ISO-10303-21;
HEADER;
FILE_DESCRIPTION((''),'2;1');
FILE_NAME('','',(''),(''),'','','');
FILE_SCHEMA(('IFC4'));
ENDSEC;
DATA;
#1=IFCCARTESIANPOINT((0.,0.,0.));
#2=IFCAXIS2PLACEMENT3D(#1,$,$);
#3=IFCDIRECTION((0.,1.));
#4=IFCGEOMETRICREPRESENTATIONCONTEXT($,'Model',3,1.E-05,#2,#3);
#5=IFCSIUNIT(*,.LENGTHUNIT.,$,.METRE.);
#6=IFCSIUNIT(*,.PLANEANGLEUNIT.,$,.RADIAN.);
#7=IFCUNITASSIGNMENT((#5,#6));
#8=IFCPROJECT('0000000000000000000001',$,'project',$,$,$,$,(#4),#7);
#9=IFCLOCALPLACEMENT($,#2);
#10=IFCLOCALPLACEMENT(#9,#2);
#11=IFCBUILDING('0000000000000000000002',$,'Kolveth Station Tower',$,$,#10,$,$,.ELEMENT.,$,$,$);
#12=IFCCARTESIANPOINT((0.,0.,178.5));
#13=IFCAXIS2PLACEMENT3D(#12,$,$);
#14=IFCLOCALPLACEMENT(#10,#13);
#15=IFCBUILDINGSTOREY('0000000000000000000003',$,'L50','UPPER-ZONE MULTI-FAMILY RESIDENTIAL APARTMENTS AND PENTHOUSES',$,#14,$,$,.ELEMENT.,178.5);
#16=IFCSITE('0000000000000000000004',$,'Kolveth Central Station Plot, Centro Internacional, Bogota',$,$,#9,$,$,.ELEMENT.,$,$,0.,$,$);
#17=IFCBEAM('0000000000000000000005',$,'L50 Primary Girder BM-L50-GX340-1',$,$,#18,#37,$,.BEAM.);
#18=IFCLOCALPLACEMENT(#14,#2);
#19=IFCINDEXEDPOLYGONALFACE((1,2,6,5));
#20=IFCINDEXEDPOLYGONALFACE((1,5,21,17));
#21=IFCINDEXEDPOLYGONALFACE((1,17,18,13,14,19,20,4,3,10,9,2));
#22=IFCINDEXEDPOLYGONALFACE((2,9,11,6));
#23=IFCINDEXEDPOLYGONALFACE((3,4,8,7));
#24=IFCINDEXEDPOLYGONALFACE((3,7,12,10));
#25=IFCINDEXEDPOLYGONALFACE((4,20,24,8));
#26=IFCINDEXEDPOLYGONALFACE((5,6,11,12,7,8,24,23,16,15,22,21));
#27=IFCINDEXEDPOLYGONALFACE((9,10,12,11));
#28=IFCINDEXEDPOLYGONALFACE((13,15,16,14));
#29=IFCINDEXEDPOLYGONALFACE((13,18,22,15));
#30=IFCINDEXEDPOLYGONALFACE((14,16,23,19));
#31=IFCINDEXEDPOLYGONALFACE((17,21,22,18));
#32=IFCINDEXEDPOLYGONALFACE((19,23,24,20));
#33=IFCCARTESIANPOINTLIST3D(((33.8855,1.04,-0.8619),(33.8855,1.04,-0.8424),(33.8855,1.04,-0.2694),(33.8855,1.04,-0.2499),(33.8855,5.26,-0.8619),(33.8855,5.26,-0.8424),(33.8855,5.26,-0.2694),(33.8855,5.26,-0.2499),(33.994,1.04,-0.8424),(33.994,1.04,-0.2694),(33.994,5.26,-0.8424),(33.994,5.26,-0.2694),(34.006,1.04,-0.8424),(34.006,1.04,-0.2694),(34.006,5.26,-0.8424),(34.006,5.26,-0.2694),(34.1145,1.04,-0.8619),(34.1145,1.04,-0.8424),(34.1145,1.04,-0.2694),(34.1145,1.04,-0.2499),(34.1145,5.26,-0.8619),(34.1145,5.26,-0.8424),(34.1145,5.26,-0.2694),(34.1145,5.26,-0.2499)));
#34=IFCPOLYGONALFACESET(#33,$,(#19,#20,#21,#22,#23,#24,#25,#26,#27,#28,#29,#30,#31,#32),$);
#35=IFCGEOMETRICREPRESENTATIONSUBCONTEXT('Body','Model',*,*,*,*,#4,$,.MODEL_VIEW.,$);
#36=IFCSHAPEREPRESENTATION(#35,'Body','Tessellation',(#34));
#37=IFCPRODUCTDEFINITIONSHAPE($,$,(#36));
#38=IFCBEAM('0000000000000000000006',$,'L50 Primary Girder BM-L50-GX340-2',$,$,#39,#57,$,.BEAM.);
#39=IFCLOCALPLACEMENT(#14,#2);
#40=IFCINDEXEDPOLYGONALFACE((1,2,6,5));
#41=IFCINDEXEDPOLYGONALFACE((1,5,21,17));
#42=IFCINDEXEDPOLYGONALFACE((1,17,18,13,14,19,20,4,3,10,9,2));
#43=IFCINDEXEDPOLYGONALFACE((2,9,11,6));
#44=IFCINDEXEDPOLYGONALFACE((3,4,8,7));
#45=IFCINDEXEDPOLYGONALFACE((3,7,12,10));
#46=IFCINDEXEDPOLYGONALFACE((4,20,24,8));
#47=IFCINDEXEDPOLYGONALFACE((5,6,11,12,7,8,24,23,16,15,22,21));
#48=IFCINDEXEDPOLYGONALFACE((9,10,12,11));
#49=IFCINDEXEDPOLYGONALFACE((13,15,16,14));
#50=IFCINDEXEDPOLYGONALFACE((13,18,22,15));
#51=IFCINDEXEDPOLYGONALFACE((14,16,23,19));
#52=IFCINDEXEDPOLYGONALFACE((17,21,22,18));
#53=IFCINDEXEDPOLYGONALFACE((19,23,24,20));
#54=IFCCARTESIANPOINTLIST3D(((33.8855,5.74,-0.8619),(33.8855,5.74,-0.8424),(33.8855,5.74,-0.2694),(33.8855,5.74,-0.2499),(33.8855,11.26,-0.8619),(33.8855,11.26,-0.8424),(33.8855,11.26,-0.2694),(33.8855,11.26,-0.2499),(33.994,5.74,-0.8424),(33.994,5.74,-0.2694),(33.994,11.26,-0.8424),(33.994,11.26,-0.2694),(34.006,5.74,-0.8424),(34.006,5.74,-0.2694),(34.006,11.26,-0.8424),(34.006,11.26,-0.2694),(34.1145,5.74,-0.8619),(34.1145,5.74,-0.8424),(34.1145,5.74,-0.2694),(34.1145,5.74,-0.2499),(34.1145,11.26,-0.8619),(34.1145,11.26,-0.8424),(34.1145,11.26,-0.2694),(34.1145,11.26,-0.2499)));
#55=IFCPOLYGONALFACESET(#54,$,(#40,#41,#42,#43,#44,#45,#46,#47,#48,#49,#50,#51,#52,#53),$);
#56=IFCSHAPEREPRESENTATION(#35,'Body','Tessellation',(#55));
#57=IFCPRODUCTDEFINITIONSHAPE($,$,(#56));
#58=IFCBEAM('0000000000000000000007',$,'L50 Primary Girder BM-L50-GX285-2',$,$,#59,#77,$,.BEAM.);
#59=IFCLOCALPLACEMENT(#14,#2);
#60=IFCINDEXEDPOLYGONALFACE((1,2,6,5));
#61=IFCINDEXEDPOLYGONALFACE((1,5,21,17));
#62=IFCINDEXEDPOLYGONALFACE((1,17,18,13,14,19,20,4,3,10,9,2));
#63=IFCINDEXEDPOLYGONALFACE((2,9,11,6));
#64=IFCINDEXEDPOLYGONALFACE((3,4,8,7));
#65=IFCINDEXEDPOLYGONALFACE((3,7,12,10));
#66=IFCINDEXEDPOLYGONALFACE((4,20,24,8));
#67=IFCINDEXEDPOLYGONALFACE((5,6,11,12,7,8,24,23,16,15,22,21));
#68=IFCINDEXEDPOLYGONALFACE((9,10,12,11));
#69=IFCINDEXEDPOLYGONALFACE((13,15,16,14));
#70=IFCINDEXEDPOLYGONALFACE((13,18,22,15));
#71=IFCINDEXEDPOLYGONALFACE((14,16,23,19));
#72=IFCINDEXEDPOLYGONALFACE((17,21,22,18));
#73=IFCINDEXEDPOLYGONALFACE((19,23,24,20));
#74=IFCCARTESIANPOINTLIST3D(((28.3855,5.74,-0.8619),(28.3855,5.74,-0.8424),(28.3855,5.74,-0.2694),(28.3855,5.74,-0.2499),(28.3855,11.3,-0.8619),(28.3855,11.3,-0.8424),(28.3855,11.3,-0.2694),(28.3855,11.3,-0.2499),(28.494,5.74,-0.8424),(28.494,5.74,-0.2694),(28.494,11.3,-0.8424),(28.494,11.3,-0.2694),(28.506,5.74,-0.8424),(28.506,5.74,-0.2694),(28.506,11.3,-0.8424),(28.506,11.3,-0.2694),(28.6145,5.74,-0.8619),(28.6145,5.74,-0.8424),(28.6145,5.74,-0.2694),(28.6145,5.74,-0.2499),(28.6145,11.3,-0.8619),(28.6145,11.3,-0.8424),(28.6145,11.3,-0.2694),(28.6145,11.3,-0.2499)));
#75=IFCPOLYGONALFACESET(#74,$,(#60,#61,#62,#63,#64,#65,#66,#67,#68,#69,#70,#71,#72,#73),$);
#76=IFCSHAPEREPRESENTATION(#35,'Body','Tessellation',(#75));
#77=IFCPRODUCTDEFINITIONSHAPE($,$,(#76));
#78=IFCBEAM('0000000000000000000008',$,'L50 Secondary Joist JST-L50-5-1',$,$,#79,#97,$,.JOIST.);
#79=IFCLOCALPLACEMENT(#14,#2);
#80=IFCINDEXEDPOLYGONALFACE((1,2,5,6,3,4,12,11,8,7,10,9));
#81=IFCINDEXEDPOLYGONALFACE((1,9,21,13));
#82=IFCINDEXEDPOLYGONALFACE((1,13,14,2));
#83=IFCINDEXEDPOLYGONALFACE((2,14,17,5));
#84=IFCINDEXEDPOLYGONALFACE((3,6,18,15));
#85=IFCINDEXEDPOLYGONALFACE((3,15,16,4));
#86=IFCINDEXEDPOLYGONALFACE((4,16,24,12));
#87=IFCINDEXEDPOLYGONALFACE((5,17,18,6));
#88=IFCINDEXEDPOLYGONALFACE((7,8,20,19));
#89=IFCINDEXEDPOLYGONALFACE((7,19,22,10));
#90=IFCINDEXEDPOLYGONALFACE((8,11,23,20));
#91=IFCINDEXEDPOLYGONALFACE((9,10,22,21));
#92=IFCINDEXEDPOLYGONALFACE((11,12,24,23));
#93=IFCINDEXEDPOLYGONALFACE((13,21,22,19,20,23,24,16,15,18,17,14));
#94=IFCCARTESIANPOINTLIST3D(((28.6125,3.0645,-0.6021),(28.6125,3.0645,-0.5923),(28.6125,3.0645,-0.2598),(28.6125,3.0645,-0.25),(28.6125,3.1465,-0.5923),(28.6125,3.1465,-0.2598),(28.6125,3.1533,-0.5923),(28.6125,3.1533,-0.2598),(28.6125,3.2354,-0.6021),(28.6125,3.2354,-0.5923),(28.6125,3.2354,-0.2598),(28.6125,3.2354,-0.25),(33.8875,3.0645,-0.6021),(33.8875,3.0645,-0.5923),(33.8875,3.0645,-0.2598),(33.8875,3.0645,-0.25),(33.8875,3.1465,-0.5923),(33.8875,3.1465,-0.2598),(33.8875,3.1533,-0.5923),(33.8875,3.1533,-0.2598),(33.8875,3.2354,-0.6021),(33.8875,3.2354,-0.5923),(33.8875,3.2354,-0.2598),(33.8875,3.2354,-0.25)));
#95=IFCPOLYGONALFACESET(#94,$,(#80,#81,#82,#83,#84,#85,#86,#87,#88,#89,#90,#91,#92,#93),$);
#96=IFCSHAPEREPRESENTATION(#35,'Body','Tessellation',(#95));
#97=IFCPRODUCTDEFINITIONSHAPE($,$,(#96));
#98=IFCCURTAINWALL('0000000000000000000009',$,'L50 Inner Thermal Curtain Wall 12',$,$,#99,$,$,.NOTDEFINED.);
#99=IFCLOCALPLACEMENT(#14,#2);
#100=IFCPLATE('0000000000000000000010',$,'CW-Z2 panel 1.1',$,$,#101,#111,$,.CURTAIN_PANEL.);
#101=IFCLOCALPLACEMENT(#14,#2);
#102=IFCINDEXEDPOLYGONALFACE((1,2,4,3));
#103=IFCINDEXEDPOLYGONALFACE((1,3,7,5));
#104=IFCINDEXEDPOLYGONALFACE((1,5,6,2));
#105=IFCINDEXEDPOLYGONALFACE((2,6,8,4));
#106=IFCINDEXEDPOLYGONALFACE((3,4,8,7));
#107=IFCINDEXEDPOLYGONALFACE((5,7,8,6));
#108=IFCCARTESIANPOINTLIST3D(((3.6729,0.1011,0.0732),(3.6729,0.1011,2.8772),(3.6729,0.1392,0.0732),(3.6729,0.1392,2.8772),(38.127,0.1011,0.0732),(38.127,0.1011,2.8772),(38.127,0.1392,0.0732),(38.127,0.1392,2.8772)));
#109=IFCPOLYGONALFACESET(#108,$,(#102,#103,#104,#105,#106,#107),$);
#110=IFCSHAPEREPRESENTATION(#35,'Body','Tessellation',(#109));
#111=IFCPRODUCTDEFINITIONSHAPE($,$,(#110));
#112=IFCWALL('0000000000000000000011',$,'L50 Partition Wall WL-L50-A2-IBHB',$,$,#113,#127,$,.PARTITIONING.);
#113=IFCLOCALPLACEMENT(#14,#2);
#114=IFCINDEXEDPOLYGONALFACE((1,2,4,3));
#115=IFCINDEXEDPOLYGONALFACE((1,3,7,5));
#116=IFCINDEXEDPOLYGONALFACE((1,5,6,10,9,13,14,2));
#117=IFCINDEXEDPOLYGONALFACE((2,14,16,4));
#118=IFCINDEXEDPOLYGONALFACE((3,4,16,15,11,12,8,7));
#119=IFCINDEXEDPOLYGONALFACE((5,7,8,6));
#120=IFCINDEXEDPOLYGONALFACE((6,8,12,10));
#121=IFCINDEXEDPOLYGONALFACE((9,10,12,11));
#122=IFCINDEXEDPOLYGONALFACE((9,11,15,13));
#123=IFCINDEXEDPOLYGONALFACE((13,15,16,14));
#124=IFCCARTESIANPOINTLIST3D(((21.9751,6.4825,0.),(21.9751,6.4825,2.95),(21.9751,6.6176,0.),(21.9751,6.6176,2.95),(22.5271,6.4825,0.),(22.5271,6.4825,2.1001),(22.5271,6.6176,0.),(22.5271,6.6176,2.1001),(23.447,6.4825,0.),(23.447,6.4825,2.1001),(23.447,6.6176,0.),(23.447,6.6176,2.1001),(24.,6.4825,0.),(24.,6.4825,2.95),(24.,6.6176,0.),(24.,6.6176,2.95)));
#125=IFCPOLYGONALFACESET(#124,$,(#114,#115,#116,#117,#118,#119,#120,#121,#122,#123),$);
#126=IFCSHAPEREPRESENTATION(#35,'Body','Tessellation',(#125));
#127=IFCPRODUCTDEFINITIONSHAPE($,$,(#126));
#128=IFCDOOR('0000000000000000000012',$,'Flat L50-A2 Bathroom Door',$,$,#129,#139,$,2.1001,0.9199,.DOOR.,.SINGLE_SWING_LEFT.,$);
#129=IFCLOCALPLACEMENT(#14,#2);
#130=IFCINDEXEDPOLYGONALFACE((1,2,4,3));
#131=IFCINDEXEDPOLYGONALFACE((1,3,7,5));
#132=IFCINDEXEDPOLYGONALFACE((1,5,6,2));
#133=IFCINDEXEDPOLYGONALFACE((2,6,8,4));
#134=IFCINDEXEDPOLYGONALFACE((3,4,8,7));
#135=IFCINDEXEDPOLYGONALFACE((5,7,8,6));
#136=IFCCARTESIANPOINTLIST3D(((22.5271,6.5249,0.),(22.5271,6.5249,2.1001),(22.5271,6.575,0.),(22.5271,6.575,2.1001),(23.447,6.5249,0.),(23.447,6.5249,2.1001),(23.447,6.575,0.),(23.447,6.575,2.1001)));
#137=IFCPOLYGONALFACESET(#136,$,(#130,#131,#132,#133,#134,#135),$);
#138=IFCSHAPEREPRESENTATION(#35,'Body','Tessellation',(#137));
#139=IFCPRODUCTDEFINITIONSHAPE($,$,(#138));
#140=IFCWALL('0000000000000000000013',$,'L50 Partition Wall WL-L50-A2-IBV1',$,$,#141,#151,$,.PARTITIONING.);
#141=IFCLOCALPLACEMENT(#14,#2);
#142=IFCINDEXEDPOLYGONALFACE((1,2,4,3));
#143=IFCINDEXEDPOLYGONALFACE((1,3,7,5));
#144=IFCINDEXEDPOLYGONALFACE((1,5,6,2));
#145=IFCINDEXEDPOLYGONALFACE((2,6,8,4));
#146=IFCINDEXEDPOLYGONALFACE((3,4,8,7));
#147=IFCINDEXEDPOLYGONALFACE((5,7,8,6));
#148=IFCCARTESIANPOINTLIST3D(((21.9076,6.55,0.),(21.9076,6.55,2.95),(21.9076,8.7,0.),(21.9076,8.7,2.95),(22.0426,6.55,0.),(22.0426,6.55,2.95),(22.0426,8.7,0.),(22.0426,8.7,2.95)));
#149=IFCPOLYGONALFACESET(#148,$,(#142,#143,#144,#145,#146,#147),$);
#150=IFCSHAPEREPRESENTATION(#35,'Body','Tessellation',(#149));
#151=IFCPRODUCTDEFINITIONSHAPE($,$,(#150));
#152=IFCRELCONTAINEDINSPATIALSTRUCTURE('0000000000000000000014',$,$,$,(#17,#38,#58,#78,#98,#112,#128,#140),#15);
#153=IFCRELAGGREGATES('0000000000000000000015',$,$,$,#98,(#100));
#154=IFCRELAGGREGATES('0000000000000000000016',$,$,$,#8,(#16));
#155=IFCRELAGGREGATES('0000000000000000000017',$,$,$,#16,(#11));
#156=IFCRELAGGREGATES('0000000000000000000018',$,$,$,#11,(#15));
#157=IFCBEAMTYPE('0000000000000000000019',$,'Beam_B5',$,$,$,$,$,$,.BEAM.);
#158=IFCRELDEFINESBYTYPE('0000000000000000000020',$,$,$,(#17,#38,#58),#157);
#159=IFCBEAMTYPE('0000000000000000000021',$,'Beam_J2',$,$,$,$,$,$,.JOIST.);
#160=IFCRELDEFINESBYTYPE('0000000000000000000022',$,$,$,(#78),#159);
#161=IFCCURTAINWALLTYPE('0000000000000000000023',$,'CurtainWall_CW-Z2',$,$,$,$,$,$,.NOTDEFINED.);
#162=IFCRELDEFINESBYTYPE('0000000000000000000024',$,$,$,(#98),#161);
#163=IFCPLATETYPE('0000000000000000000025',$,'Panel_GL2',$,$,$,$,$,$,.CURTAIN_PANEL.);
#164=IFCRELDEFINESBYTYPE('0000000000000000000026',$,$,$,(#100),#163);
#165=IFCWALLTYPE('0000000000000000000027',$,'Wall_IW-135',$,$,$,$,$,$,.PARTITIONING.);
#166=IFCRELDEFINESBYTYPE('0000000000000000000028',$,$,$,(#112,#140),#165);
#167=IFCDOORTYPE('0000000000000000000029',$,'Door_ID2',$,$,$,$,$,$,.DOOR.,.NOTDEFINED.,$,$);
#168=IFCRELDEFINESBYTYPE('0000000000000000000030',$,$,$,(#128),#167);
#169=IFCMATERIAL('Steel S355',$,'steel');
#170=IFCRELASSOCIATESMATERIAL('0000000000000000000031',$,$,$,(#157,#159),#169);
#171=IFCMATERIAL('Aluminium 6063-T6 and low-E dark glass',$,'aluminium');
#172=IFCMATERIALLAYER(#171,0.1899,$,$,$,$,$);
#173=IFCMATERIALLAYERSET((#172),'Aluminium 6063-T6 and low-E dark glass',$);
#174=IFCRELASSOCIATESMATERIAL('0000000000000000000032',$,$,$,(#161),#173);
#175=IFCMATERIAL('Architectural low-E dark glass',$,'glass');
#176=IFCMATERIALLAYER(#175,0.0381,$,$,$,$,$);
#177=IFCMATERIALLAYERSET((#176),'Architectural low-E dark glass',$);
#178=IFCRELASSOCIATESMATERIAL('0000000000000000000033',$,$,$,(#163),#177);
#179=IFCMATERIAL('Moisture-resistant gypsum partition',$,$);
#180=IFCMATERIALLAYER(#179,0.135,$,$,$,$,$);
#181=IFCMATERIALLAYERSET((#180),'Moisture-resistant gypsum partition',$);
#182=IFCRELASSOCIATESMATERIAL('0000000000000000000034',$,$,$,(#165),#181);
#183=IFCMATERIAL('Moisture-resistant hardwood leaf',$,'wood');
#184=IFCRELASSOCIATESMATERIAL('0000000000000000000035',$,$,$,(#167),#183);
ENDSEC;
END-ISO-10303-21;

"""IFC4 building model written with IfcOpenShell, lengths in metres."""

from ifc_helpers import new_model, si_unit, direction, frame, frame_2d, origin, origin_2d, place, context, subcontext, project, spatial, rectangle, i_section, extrude, source, transform, mapped, material, layer, layer_set, material_profile, profile_set, type_object, element, fill, aggregate, save


model = new_model("IFC4")

# Units and contexts
model_context = context("Model", 3, precision=1e-05, world=origin(), true_north=direction((0.0, 1.0)))
body_context = subcontext(model_context, "Body", "Model", "MODEL_VIEW")
ifc_project = project(units=[si_unit("LENGTHUNIT", "METRE"), si_unit("PLANEANGLEUNIT", "RADIAN")], contexts=[model_context])

# Site, building, storey
site_placement = place(None, origin())
site = spatial("IfcSite", under=ifc_project, at=site_placement, Name="Kolveth Central Station Plot, Centro Internacional, Bogota", CompositionType="ELEMENT", RefElevation=0.0)
building_placement = place(site_placement, origin())
building = spatial("IfcBuilding", under=site, at=building_placement, Name="Kolveth Station Tower", CompositionType="ELEMENT")
storey_placement = place(building_placement, frame((0.0, 0.0, 178.5)))
storey = spatial("IfcBuildingStorey", under=building, at=storey_placement, Name="L50", Description="UPPER-ZONE MULTI-FAMILY RESIDENTIAL APARTMENTS AND PENTHOUSES", CompositionType="ELEMENT", Elevation=178.5)

# Shared definitions
ifc_material_1 = material(Name="Steel S355", Category="steel")

# Beams
ifc_material_profile_1 = material_profile(ifc_material_1, i_section(OverallWidth=0.229, OverallDepth=0.6121, WebThickness=0.012, FlangeThickness=0.0195, at=origin_2d()), Name="W610x125")
ifc_profile_set_1 = profile_set([ifc_material_profile_1], Name="Steel S355")
beam_type_1 = type_object("IfcBeamType", Name="Beam_B5", PredefinedType="BEAM", material=ifc_profile_set_1)
shared_shape_1 = source(origin(), body_context, "Body", "SweptSolid", [
    extrude(i_section(OverallWidth=0.229, OverallDepth=0.6121, WebThickness=0.012, FlangeThickness=0.0195, at=origin_2d()), origin(), (0.0, 0.0, 1.0), 4.22),
])
for number, where, z_axis, x_axis, name in (
    (1, (34.0, 1.04, -0.5559), (0.0, 1.0, 0.0), (-1.0, 0.0, 0.0), "L50 Primary Girder BM-L50-GX340-1"),
):
    element("IfcBeam", number, at=place(storey_placement, frame(where, z_axis=z_axis, x_axis=x_axis)), inside=storey, type_object=beam_type_1, Name=name, PredefinedType="BEAM", context=body_context, shape_type="MappedRepresentation", body=[
        mapped(shared_shape_1, transform((0.0, 0.0, 0.0), x_axis=(1.0, 0.0, 0.0), y_axis=(0.0, 1.0, 0.0), z_axis=(0.0, 0.0, 1.0), scale=1.0)),
    ])
shared_shape_2 = source(origin(), body_context, "Body", "SweptSolid", [
    extrude(i_section(OverallWidth=0.229, OverallDepth=0.6121, WebThickness=0.012, FlangeThickness=0.0195, at=origin_2d()), origin(), (0.0, 0.0, 1.0), 5.52),
])
beam_1_placement = place(storey_placement, frame((34.0, 5.74, -0.5559), z_axis=(0.0, 1.0, 0.0), x_axis=(-1.0, 0.0, 0.0)))
element("IfcBeam", 2, at=beam_1_placement, inside=storey, type_object=beam_type_1, Name="L50 Primary Girder BM-L50-GX340-2", PredefinedType="BEAM", context=body_context, shape_type="MappedRepresentation", body=[
    mapped(shared_shape_2, transform((0.0, 0.0, 0.0), x_axis=(1.0, 0.0, 0.0), y_axis=(0.0, 1.0, 0.0), z_axis=(0.0, 0.0, 1.0), scale=1.0)),
])
shared_shape_3 = source(origin(), body_context, "Body", "SweptSolid", [
    extrude(i_section(OverallWidth=0.229, OverallDepth=0.6121, WebThickness=0.012, FlangeThickness=0.0195, at=origin_2d()), origin(), (0.0, 0.0, 1.0), 5.5601),
])
beam_2_placement = place(storey_placement, frame((28.5, 5.74, -0.5559), z_axis=(0.0, 1.0, 0.0), x_axis=(-1.0, 0.0, 0.0)))
element("IfcBeam", 3, at=beam_2_placement, inside=storey, type_object=beam_type_1, Name="L50 Primary Girder BM-L50-GX285-2", PredefinedType="BEAM", context=body_context, shape_type="MappedRepresentation", body=[
    mapped(shared_shape_3, transform((0.0, 0.0, 0.0), x_axis=(1.0, 0.0, 0.0), y_axis=(0.0, 1.0, 0.0), z_axis=(0.0, 0.0, 1.0), scale=1.0)),
])
ifc_material_profile_2 = material_profile(ifc_material_1, i_section(OverallWidth=0.1709, OverallDepth=0.3521, WebThickness=0.0068, FlangeThickness=0.0098, at=origin_2d()), Name="W360x44")
ifc_profile_set_2 = profile_set([ifc_material_profile_2], Name="Steel S355")
beam_type_2 = type_object("IfcBeamType", Name="Beam_J2", PredefinedType="JOIST", material=ifc_profile_set_2)
shared_shape_4 = source(origin(), body_context, "Body", "SweptSolid", [
    extrude(i_section(OverallWidth=0.1709, OverallDepth=0.3521, WebThickness=0.0068, FlangeThickness=0.0098, at=origin_2d()), origin(), (0.0, 0.0, 1.0), 5.2749),
])
beam_3_placement = place(storey_placement, frame((28.6125, 3.1499, -0.426), z_axis=(1.0, 0.0, 0.0), x_axis=(0.0, 1.0, 0.0)))
element("IfcBeam", 4, at=beam_3_placement, inside=storey, type_object=beam_type_2, Name="L50 Secondary Joist JST-L50-5-1", PredefinedType="JOIST", context=body_context, shape_type="MappedRepresentation", body=[
    mapped(shared_shape_4, transform((0.0, 0.0, 0.0), x_axis=(1.0, 0.0, 0.0), y_axis=(0.0, 1.0, 0.0), z_axis=(0.0, 0.0, 1.0), scale=1.0)),
])

# Curtain wall, plate
ifc_material_2 = material(Name="Aluminium 6063-T6 and low-E dark glass", Category="aluminium")
ifc_layer_1 = layer(ifc_material_2, 0.1899)
ifc_layer_set_1 = layer_set([ifc_layer_1], Name="Aluminium 6063-T6 and low-E dark glass")
curtain_wall_type = type_object("IfcCurtainWallType", Name="CurtainWall_CW-Z2", PredefinedType="NOTDEFINED", material=ifc_layer_set_1)
curtain_wall_placement = place(storey_placement, origin())
curtain_wall = element("IfcCurtainWall", 5, at=curtain_wall_placement, inside=storey, type_object=curtain_wall_type, Name="L50 Inner Thermal Curtain Wall 12", PredefinedType="NOTDEFINED")
ifc_material_3 = material(Name="Architectural low-E dark glass", Category="glass")
ifc_layer_2 = layer(ifc_material_3, 0.0381)
ifc_layer_set_2 = layer_set([ifc_layer_2], Name="Architectural low-E dark glass")
plate_type = type_object("IfcPlateType", Name="Panel_GL2", PredefinedType="CURTAIN_PANEL", material=ifc_layer_set_2)
shared_shape_5 = source(origin(), body_context, "Body", "SweptSolid", [
    extrude(rectangle(XDim=34.4541, YDim=0.0381, at=origin_2d()), origin(), (0.0, 0.0, 1.0), 2.804),
])
plate_placement = place(storey_placement, frame((20.8999, 0.1201, 0.0732), z_axis=(0.0, 0.0, 1.0), x_axis=(1.0, 0.0, 0.0)))
plate = element("IfcPlate", 6, at=plate_placement, type_object=plate_type, Name="CW-Z2 panel 1.1", PredefinedType="CURTAIN_PANEL", context=body_context, shape_type="MappedRepresentation", body=[
    mapped(shared_shape_5, transform((0.0, 0.0, 0.0), x_axis=(1.0, 0.0, 0.0), y_axis=(0.0, 1.0, 0.0), z_axis=(0.0, 0.0, 1.0), scale=1.0)),
])
aggregate(curtain_wall, [plate])

# Wall, opening, door
ifc_material_4 = material(Name="Moisture-resistant gypsum partition")
ifc_layer_3 = layer(ifc_material_4, 0.135)
ifc_layer_set_3 = layer_set([ifc_layer_3], Name="Moisture-resistant gypsum partition")
wall_type_1 = type_object("IfcWallType", Name="Wall_IW-135", PredefinedType="PARTITIONING", material=ifc_layer_set_3)
wall_1_placement = place(storey_placement, frame((21.9751, 6.55, 0.0), z_axis=(0.0, 0.0, 1.0), x_axis=(1.0, 0.0, 0.0)))
wall_1 = element("IfcWall", 7, at=wall_1_placement, inside=storey, type_object=wall_type_1, Name="L50 Partition Wall WL-L50-A2-IBHB", PredefinedType="PARTITIONING", context=body_context, shape_type="SweptSolid", body=[
    extrude(rectangle(XDim=2.0249, YDim=0.135, at=frame_2d((1.0125, 0.0))), origin(), (0.0, 0.0, 1.0), 2.95),
])
opening_1_placement = place(wall_1_placement, frame((0.552, 0.0, 0.0)))
opening_1 = element("IfcOpeningElement", 8, at=opening_1_placement, cuts=wall_1, PredefinedType="OPENING", context=body_context, shape_type="SweptSolid", body=[
    extrude(rectangle(XDim=0.9199, YDim=2.1001, at=frame_2d((0.46, 1.05))), frame((0.0, 0.0774, 0.0), z_axis=(0.0, -1.0, 0.0), x_axis=(1.0, 0.0, 0.0)), (0.0, 0.0, 1.0), 0.155),
])
ifc_material_5 = material(Name="Moisture-resistant hardwood leaf", Category="wood")
door_type_1 = type_object("IfcDoorType", Name="Door_ID2", OperationType="NOTDEFINED", PredefinedType="DOOR", material=ifc_material_5)
door_1_placement = place(opening_1_placement, origin())
door_1 = element("IfcDoor", 9, at=door_1_placement, inside=storey, type_object=door_type_1, Name="Flat L50-A2 Bathroom Door", OperationType="SINGLE_SWING_LEFT", OverallHeight=2.1001, OverallWidth=0.9199, PredefinedType="DOOR", context=body_context, shape_type="SweptSolid", body=[
    extrude(rectangle(XDim=0.9199, YDim=2.1001, at=frame_2d((0.46, 1.05))), frame((0.0, 0.0249, 0.0), z_axis=(0.0, -1.0, 0.0), x_axis=(1.0, 0.0, 0.0)), (0.0, 0.0, 1.0), 0.05),
])
fill(opening_1, door_1)

# Wall
wall_2_placement = place(storey_placement, frame((21.9751, 6.55, 0.0), z_axis=(0.0, 0.0, 1.0), x_axis=(0.0, 1.0, 0.0)))
element("IfcWall", 10, at=wall_2_placement, inside=storey, type_object=wall_type_1, Name="L50 Partition Wall WL-L50-A2-IBV1", PredefinedType="PARTITIONING", context=body_context, shape_type="SweptSolid", body=[
    extrude(rectangle(XDim=2.1499, YDim=0.135, at=frame_2d((1.075, 0.0))), origin(), (0.0, 0.0, 1.0), 2.95),
])

save(model, "model.ifc")
